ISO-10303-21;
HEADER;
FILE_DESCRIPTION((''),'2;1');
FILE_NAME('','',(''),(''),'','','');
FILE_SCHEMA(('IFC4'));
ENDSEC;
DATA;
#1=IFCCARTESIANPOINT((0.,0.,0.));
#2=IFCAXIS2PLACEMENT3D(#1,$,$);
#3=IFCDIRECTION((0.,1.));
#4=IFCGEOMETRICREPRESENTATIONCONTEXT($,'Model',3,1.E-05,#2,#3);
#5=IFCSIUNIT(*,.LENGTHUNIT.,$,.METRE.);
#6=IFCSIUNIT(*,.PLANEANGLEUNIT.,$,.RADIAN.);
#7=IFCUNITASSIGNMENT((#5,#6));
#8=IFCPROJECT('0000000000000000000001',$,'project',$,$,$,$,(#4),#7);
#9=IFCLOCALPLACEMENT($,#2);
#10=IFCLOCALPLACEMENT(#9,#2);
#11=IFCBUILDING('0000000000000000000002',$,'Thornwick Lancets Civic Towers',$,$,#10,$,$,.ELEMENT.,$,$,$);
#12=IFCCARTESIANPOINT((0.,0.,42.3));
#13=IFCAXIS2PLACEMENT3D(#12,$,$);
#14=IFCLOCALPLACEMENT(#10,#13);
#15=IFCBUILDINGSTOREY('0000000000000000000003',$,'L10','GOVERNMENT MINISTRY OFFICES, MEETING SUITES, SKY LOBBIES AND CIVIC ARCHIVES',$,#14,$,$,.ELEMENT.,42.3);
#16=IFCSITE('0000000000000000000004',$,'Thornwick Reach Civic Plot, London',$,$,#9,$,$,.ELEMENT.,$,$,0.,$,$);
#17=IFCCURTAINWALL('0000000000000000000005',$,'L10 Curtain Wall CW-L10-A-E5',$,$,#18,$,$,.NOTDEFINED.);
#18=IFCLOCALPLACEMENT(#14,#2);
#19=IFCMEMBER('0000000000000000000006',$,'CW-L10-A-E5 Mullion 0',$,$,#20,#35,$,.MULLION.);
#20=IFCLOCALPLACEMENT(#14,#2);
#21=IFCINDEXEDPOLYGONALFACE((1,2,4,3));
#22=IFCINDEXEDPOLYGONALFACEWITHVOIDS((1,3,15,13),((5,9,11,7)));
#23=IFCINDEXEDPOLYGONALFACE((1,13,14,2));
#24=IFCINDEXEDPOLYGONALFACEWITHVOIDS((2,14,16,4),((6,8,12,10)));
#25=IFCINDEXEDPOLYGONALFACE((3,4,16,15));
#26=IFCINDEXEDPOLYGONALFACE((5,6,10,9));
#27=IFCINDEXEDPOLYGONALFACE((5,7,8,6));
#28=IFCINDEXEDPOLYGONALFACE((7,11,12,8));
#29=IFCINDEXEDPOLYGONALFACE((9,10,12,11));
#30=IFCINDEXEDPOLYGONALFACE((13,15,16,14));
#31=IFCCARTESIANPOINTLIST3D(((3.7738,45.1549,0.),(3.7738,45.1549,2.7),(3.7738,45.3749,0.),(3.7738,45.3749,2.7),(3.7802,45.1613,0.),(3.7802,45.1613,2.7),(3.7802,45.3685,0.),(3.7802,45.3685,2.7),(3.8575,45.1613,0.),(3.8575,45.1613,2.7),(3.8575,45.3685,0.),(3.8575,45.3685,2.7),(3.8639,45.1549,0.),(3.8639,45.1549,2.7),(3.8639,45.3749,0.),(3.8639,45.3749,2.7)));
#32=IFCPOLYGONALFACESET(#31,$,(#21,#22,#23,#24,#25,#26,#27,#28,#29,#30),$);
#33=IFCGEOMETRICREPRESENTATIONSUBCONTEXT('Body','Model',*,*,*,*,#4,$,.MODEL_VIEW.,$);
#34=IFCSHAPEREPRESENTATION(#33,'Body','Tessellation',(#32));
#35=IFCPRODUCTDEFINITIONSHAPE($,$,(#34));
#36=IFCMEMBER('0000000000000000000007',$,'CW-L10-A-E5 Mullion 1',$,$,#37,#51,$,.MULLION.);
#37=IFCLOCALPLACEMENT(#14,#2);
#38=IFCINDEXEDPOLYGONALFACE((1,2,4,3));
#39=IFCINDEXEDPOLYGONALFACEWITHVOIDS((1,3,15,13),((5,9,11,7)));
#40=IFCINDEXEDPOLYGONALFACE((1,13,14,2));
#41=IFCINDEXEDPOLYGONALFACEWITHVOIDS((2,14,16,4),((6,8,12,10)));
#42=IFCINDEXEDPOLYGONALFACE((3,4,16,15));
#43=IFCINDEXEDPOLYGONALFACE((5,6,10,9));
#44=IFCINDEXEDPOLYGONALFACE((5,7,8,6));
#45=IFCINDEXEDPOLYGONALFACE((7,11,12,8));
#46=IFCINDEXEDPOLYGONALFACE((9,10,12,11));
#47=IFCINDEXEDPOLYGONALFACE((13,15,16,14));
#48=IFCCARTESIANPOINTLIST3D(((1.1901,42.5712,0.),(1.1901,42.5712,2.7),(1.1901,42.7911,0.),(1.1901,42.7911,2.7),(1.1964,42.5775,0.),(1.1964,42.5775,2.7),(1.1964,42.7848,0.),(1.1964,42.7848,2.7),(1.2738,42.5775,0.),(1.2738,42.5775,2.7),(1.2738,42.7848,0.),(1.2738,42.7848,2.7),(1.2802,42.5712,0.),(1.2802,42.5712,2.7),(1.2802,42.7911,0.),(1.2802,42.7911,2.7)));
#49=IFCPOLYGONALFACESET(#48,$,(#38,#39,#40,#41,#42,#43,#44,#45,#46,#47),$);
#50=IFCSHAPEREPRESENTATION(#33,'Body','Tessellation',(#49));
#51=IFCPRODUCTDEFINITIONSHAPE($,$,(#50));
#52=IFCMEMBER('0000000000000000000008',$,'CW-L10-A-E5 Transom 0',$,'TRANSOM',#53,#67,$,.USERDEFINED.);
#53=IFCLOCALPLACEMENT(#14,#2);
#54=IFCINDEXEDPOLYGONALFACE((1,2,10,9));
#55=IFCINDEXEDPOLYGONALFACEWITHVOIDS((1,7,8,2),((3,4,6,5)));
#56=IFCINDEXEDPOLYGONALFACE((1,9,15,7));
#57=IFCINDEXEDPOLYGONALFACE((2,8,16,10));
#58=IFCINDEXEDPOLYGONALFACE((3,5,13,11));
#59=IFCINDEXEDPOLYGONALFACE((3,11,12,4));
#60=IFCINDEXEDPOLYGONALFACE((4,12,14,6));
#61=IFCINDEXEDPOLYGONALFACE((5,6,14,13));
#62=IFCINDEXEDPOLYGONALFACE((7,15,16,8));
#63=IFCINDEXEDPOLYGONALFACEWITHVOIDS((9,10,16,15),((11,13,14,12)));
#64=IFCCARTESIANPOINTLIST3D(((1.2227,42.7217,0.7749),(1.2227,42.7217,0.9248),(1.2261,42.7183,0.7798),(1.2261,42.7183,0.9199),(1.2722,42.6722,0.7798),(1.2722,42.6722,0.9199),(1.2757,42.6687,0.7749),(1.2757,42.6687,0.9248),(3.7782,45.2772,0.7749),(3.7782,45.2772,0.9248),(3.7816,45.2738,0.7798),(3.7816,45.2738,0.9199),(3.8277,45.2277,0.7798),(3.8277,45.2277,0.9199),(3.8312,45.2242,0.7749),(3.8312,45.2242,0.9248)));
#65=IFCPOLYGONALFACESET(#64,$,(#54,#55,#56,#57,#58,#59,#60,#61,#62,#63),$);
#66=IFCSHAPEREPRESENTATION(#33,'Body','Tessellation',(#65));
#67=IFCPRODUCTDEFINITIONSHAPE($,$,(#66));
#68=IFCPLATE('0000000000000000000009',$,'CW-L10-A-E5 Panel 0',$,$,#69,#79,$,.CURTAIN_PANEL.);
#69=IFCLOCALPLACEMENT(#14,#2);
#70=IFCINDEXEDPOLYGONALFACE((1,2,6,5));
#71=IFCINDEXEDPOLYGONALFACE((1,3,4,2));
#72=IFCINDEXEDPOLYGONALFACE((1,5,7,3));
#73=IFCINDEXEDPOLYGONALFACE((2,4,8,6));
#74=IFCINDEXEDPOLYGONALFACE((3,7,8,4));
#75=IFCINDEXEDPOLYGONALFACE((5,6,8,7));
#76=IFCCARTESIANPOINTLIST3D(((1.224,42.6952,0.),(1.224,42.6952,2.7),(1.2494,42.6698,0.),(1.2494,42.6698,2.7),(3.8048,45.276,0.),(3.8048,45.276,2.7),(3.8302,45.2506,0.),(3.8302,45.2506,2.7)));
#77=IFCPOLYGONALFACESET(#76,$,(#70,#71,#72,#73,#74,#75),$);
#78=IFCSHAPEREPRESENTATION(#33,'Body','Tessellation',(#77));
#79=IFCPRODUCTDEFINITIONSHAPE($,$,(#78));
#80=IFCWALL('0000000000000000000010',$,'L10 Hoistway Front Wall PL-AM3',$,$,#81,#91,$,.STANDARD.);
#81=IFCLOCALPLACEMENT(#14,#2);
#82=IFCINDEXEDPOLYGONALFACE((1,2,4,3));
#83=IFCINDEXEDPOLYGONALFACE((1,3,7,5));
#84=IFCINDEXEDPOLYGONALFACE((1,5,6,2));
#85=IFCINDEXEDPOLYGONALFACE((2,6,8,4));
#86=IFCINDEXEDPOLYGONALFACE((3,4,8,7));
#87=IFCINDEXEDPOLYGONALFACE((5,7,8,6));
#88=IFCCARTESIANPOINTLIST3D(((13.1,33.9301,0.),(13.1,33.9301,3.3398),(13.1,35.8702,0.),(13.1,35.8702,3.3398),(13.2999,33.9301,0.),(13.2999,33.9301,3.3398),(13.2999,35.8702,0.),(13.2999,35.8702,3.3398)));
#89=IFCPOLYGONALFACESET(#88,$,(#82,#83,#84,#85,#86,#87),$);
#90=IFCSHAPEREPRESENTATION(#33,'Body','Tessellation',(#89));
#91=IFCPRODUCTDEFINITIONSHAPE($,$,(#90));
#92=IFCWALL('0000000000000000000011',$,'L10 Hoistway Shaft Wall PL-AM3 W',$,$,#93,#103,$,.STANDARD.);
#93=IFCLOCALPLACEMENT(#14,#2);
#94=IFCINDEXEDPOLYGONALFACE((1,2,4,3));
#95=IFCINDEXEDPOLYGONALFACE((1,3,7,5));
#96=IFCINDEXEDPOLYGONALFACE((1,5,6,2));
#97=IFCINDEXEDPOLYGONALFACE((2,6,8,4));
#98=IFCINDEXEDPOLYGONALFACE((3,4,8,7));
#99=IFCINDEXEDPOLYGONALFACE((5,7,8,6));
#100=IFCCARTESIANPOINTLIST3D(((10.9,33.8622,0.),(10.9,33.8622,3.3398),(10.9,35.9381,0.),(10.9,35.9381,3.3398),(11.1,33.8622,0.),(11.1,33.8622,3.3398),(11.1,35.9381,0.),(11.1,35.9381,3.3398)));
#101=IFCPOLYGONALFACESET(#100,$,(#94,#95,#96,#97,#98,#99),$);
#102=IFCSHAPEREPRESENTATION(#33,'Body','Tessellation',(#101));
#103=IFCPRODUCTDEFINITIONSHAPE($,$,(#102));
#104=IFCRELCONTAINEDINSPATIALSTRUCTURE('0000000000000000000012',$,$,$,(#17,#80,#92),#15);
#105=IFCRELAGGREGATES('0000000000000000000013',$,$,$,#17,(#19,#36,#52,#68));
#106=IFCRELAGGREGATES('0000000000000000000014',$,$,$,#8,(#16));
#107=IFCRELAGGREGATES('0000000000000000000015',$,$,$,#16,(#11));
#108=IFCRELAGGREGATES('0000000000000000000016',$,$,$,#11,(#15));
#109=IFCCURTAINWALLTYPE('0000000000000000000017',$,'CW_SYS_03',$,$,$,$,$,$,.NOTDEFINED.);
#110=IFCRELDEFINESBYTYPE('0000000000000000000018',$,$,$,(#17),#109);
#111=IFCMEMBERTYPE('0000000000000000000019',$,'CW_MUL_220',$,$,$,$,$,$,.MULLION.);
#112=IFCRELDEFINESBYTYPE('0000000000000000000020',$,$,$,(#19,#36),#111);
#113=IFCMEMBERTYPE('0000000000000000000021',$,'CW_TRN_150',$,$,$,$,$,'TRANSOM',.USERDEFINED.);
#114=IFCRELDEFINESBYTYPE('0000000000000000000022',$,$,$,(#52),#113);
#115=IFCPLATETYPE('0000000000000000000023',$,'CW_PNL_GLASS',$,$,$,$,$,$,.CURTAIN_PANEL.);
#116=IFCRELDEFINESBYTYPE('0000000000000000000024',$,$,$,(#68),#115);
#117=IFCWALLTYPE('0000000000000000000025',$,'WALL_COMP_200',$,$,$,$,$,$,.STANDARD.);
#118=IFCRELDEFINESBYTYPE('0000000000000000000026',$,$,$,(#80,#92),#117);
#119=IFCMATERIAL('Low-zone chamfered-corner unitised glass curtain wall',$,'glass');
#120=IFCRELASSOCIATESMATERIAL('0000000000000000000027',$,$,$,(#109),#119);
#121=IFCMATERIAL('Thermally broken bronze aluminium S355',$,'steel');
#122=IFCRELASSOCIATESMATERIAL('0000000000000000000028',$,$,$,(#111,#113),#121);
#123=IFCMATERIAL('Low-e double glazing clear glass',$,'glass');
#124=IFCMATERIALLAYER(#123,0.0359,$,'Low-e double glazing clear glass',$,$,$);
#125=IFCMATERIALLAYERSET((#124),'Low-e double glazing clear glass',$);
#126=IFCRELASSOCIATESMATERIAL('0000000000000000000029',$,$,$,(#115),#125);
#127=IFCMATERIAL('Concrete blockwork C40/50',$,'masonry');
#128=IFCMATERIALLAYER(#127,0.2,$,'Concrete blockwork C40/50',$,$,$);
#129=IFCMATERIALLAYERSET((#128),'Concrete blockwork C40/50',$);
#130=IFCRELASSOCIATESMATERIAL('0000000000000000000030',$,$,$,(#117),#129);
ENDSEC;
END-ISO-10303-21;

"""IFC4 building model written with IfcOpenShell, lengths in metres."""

from ifc_helpers import new_model, si_unit, direction, frame, frame_2d, origin, origin_2d, place, context, subcontext, project, spatial, rectangle, hollow_rectangle, extrude, material, layer, layer_set, material_profile, profile_set, type_object, element, aggregate, save


model = new_model("IFC4")

# Units and contexts
model_context = context("Model", 3, precision=1e-05, world=origin(), true_north=direction((0.0, 1.0)))
body_context = subcontext(model_context, "Body", "Model", "MODEL_VIEW")
ifc_project = project(units=[si_unit("LENGTHUNIT", "METRE"), si_unit("PLANEANGLEUNIT", "RADIAN")], contexts=[model_context])

# Site, building, storey
site_placement = place(None, origin())
site = spatial("IfcSite", under=ifc_project, at=site_placement, Name="Thornwick Reach Civic Plot, London", CompositionType="ELEMENT", RefElevation=0.0)
building_placement = place(site_placement, origin())
building = spatial("IfcBuilding", under=site, at=building_placement, Name="Thornwick Lancets Civic Towers", CompositionType="ELEMENT")
storey_placement = place(building_placement, frame((0.0, 0.0, 42.3)))
storey = spatial("IfcBuildingStorey", under=building, at=storey_placement, Name="L10", Description="GOVERNMENT MINISTRY OFFICES, MEETING SUITES, SKY LOBBIES AND CIVIC ARCHIVES", CompositionType="ELEMENT", Elevation=42.3)

# Curtain wall, members, plate
ifc_material_1 = material(Name="Low-zone chamfered-corner unitised glass curtain wall", Category="glass")
curtain_wall_type = type_object("IfcCurtainWallType", Name="CW_SYS_03", PredefinedType="NOTDEFINED", material=ifc_material_1)
curtain_wall_placement = place(storey_placement, origin())
curtain_wall = element("IfcCurtainWall", 1, at=curtain_wall_placement, inside=storey, type_object=curtain_wall_type, Name="L10 Curtain Wall CW-L10-A-E5", PredefinedType="NOTDEFINED")
ifc_material_2 = material(Name="Thermally broken bronze aluminium S355", Category="steel")
ifc_material_profile_1 = material_profile(ifc_material_2, hollow_rectangle(XDim=0.0901, YDim=0.22, WallThickness=0.0063, at=origin_2d()), Name="RHS 220x90x6.3")
ifc_profile_set_1 = profile_set([ifc_material_profile_1], Name="Thermally broken bronze aluminium S355")
member_type_1 = type_object("IfcMemberType", Name="CW_MUL_220", PredefinedType="MULLION", material=ifc_profile_set_1)
member_1_placement = place(storey_placement, frame((3.8188, 45.2649, 0.0), z_axis=(0.0, 0.0, 1.0), x_axis=(1.0, 0.0, 0.0)))
member_1 = element("IfcMember", 2, at=member_1_placement, type_object=member_type_1, Name="CW-L10-A-E5 Mullion 0", PredefinedType="MULLION", context=body_context, shape_type="SweptSolid", body=[
    extrude(hollow_rectangle(XDim=0.0901, YDim=0.22, WallThickness=0.0063, at=origin_2d()), origin(), (0.0, 0.0, 1.0), 2.7),
])
member_2_placement = place(storey_placement, frame((1.2351, 42.6812, 0.0), z_axis=(0.0, 0.0, 1.0), x_axis=(1.0, 0.0, 0.0)))
member_2 = element("IfcMember", 3, at=member_2_placement, type_object=member_type_1, Name="CW-L10-A-E5 Mullion 1", PredefinedType="MULLION", context=body_context, shape_type="SweptSolid", body=[
    extrude(hollow_rectangle(XDim=0.0901, YDim=0.22, WallThickness=0.0063, at=origin_2d()), origin(), (0.0, 0.0, 1.0), 2.7),
])
ifc_material_profile_2 = material_profile(ifc_material_2, hollow_rectangle(XDim=0.075, YDim=0.1499, WallThickness=0.0049, at=origin_2d()), Name="RHS 150x75x5")
ifc_profile_set_2 = profile_set([ifc_material_profile_2], Name="Thermally broken bronze aluminium S355")
member_type_2 = type_object("IfcMemberType", Name="CW_TRN_150", ElementType="TRANSOM", PredefinedType="USERDEFINED", material=ifc_profile_set_2)
member_3_placement = place(storey_placement, frame((3.8047, 45.2507, 0.8499), z_axis=(-0.707107, -0.707107, 0.0), x_axis=(0.707107, -0.707107, 0.0)))
member_3 = element("IfcMember", 4, at=member_3_placement, type_object=member_type_2, Name="CW-L10-A-E5 Transom 0", ObjectType="TRANSOM", PredefinedType="USERDEFINED", context=body_context, shape_type="SweptSolid", body=[
    extrude(hollow_rectangle(XDim=0.075, YDim=0.1499, WallThickness=0.0049, at=origin_2d()), origin(), (0.0, 0.0, 1.0), 3.614),
])
ifc_material_3 = material(Name="Low-e double glazing clear glass", Category="glass")
ifc_layer_1 = layer(ifc_material_3, 0.0359, Name="Low-e double glazing clear glass")
ifc_layer_set_1 = layer_set([ifc_layer_1], Name="Low-e double glazing clear glass")
plate_type = type_object("IfcPlateType", Name="CW_PNL_GLASS", PredefinedType="CURTAIN_PANEL", material=ifc_layer_set_1)
plate_placement = place(storey_placement, frame((2.5271, 43.9729, 0.0), z_axis=(0.0, 0.0, 1.0), x_axis=(-0.707107, -0.707107, 0.0)))
plate = element("IfcPlate", 5, at=plate_placement, type_object=plate_type, Name="CW-L10-A-E5 Panel 0", PredefinedType="CURTAIN_PANEL", context=body_context, shape_type="SweptSolid", body=[
    extrude(rectangle(XDim=3.6499, YDim=0.0359, at=origin_2d()), origin(), (0.0, 0.0, 1.0), 2.7),
])
aggregate(curtain_wall, [member_1, member_2, member_3, plate])

# Walls
ifc_material_4 = material(Name="Concrete blockwork C40/50", Category="masonry")
ifc_layer_2 = layer(ifc_material_4, 0.2, Name="Concrete blockwork C40/50")
ifc_layer_set_2 = layer_set([ifc_layer_2], Name="Concrete blockwork C40/50")
wall_type_1 = type_object("IfcWallType", Name="WALL_COMP_200", PredefinedType="STANDARD", material=ifc_layer_set_2)
wall_1_placement = place(storey_placement, frame((13.2, 33.9299, 0.0), z_axis=(0.0, 0.0, 1.0), x_axis=(0.0, 1.0, 0.0)))
element("IfcWall", 6, at=wall_1_placement, inside=storey, type_object=wall_type_1, Name="L10 Hoistway Front Wall PL-AM3", PredefinedType="STANDARD", context=body_context, shape_type="SweptSolid", body=[
    extrude(rectangle(XDim=1.9402, YDim=0.2, at=frame_2d((0.9702, 0.0))), origin(), (0.0, 0.0, 1.0), 3.3398),
])
wall_2_placement = place(storey_placement, frame((11.0, 33.8621, 0.0), z_axis=(0.0, 0.0, 1.0), x_axis=(0.0, 1.0, 0.0)))
element("IfcWall", 7, at=wall_2_placement, inside=storey, type_object=wall_type_1, Name="L10 Hoistway Shaft Wall PL-AM3 W", PredefinedType="STANDARD", context=body_context, shape_type="SweptSolid", body=[
    extrude(rectangle(XDim=2.0759, YDim=0.2, at=frame_2d((1.0381, 0.0))), origin(), (0.0, 0.0, 1.0), 3.3398),
])

save(model, "model.ifc")
